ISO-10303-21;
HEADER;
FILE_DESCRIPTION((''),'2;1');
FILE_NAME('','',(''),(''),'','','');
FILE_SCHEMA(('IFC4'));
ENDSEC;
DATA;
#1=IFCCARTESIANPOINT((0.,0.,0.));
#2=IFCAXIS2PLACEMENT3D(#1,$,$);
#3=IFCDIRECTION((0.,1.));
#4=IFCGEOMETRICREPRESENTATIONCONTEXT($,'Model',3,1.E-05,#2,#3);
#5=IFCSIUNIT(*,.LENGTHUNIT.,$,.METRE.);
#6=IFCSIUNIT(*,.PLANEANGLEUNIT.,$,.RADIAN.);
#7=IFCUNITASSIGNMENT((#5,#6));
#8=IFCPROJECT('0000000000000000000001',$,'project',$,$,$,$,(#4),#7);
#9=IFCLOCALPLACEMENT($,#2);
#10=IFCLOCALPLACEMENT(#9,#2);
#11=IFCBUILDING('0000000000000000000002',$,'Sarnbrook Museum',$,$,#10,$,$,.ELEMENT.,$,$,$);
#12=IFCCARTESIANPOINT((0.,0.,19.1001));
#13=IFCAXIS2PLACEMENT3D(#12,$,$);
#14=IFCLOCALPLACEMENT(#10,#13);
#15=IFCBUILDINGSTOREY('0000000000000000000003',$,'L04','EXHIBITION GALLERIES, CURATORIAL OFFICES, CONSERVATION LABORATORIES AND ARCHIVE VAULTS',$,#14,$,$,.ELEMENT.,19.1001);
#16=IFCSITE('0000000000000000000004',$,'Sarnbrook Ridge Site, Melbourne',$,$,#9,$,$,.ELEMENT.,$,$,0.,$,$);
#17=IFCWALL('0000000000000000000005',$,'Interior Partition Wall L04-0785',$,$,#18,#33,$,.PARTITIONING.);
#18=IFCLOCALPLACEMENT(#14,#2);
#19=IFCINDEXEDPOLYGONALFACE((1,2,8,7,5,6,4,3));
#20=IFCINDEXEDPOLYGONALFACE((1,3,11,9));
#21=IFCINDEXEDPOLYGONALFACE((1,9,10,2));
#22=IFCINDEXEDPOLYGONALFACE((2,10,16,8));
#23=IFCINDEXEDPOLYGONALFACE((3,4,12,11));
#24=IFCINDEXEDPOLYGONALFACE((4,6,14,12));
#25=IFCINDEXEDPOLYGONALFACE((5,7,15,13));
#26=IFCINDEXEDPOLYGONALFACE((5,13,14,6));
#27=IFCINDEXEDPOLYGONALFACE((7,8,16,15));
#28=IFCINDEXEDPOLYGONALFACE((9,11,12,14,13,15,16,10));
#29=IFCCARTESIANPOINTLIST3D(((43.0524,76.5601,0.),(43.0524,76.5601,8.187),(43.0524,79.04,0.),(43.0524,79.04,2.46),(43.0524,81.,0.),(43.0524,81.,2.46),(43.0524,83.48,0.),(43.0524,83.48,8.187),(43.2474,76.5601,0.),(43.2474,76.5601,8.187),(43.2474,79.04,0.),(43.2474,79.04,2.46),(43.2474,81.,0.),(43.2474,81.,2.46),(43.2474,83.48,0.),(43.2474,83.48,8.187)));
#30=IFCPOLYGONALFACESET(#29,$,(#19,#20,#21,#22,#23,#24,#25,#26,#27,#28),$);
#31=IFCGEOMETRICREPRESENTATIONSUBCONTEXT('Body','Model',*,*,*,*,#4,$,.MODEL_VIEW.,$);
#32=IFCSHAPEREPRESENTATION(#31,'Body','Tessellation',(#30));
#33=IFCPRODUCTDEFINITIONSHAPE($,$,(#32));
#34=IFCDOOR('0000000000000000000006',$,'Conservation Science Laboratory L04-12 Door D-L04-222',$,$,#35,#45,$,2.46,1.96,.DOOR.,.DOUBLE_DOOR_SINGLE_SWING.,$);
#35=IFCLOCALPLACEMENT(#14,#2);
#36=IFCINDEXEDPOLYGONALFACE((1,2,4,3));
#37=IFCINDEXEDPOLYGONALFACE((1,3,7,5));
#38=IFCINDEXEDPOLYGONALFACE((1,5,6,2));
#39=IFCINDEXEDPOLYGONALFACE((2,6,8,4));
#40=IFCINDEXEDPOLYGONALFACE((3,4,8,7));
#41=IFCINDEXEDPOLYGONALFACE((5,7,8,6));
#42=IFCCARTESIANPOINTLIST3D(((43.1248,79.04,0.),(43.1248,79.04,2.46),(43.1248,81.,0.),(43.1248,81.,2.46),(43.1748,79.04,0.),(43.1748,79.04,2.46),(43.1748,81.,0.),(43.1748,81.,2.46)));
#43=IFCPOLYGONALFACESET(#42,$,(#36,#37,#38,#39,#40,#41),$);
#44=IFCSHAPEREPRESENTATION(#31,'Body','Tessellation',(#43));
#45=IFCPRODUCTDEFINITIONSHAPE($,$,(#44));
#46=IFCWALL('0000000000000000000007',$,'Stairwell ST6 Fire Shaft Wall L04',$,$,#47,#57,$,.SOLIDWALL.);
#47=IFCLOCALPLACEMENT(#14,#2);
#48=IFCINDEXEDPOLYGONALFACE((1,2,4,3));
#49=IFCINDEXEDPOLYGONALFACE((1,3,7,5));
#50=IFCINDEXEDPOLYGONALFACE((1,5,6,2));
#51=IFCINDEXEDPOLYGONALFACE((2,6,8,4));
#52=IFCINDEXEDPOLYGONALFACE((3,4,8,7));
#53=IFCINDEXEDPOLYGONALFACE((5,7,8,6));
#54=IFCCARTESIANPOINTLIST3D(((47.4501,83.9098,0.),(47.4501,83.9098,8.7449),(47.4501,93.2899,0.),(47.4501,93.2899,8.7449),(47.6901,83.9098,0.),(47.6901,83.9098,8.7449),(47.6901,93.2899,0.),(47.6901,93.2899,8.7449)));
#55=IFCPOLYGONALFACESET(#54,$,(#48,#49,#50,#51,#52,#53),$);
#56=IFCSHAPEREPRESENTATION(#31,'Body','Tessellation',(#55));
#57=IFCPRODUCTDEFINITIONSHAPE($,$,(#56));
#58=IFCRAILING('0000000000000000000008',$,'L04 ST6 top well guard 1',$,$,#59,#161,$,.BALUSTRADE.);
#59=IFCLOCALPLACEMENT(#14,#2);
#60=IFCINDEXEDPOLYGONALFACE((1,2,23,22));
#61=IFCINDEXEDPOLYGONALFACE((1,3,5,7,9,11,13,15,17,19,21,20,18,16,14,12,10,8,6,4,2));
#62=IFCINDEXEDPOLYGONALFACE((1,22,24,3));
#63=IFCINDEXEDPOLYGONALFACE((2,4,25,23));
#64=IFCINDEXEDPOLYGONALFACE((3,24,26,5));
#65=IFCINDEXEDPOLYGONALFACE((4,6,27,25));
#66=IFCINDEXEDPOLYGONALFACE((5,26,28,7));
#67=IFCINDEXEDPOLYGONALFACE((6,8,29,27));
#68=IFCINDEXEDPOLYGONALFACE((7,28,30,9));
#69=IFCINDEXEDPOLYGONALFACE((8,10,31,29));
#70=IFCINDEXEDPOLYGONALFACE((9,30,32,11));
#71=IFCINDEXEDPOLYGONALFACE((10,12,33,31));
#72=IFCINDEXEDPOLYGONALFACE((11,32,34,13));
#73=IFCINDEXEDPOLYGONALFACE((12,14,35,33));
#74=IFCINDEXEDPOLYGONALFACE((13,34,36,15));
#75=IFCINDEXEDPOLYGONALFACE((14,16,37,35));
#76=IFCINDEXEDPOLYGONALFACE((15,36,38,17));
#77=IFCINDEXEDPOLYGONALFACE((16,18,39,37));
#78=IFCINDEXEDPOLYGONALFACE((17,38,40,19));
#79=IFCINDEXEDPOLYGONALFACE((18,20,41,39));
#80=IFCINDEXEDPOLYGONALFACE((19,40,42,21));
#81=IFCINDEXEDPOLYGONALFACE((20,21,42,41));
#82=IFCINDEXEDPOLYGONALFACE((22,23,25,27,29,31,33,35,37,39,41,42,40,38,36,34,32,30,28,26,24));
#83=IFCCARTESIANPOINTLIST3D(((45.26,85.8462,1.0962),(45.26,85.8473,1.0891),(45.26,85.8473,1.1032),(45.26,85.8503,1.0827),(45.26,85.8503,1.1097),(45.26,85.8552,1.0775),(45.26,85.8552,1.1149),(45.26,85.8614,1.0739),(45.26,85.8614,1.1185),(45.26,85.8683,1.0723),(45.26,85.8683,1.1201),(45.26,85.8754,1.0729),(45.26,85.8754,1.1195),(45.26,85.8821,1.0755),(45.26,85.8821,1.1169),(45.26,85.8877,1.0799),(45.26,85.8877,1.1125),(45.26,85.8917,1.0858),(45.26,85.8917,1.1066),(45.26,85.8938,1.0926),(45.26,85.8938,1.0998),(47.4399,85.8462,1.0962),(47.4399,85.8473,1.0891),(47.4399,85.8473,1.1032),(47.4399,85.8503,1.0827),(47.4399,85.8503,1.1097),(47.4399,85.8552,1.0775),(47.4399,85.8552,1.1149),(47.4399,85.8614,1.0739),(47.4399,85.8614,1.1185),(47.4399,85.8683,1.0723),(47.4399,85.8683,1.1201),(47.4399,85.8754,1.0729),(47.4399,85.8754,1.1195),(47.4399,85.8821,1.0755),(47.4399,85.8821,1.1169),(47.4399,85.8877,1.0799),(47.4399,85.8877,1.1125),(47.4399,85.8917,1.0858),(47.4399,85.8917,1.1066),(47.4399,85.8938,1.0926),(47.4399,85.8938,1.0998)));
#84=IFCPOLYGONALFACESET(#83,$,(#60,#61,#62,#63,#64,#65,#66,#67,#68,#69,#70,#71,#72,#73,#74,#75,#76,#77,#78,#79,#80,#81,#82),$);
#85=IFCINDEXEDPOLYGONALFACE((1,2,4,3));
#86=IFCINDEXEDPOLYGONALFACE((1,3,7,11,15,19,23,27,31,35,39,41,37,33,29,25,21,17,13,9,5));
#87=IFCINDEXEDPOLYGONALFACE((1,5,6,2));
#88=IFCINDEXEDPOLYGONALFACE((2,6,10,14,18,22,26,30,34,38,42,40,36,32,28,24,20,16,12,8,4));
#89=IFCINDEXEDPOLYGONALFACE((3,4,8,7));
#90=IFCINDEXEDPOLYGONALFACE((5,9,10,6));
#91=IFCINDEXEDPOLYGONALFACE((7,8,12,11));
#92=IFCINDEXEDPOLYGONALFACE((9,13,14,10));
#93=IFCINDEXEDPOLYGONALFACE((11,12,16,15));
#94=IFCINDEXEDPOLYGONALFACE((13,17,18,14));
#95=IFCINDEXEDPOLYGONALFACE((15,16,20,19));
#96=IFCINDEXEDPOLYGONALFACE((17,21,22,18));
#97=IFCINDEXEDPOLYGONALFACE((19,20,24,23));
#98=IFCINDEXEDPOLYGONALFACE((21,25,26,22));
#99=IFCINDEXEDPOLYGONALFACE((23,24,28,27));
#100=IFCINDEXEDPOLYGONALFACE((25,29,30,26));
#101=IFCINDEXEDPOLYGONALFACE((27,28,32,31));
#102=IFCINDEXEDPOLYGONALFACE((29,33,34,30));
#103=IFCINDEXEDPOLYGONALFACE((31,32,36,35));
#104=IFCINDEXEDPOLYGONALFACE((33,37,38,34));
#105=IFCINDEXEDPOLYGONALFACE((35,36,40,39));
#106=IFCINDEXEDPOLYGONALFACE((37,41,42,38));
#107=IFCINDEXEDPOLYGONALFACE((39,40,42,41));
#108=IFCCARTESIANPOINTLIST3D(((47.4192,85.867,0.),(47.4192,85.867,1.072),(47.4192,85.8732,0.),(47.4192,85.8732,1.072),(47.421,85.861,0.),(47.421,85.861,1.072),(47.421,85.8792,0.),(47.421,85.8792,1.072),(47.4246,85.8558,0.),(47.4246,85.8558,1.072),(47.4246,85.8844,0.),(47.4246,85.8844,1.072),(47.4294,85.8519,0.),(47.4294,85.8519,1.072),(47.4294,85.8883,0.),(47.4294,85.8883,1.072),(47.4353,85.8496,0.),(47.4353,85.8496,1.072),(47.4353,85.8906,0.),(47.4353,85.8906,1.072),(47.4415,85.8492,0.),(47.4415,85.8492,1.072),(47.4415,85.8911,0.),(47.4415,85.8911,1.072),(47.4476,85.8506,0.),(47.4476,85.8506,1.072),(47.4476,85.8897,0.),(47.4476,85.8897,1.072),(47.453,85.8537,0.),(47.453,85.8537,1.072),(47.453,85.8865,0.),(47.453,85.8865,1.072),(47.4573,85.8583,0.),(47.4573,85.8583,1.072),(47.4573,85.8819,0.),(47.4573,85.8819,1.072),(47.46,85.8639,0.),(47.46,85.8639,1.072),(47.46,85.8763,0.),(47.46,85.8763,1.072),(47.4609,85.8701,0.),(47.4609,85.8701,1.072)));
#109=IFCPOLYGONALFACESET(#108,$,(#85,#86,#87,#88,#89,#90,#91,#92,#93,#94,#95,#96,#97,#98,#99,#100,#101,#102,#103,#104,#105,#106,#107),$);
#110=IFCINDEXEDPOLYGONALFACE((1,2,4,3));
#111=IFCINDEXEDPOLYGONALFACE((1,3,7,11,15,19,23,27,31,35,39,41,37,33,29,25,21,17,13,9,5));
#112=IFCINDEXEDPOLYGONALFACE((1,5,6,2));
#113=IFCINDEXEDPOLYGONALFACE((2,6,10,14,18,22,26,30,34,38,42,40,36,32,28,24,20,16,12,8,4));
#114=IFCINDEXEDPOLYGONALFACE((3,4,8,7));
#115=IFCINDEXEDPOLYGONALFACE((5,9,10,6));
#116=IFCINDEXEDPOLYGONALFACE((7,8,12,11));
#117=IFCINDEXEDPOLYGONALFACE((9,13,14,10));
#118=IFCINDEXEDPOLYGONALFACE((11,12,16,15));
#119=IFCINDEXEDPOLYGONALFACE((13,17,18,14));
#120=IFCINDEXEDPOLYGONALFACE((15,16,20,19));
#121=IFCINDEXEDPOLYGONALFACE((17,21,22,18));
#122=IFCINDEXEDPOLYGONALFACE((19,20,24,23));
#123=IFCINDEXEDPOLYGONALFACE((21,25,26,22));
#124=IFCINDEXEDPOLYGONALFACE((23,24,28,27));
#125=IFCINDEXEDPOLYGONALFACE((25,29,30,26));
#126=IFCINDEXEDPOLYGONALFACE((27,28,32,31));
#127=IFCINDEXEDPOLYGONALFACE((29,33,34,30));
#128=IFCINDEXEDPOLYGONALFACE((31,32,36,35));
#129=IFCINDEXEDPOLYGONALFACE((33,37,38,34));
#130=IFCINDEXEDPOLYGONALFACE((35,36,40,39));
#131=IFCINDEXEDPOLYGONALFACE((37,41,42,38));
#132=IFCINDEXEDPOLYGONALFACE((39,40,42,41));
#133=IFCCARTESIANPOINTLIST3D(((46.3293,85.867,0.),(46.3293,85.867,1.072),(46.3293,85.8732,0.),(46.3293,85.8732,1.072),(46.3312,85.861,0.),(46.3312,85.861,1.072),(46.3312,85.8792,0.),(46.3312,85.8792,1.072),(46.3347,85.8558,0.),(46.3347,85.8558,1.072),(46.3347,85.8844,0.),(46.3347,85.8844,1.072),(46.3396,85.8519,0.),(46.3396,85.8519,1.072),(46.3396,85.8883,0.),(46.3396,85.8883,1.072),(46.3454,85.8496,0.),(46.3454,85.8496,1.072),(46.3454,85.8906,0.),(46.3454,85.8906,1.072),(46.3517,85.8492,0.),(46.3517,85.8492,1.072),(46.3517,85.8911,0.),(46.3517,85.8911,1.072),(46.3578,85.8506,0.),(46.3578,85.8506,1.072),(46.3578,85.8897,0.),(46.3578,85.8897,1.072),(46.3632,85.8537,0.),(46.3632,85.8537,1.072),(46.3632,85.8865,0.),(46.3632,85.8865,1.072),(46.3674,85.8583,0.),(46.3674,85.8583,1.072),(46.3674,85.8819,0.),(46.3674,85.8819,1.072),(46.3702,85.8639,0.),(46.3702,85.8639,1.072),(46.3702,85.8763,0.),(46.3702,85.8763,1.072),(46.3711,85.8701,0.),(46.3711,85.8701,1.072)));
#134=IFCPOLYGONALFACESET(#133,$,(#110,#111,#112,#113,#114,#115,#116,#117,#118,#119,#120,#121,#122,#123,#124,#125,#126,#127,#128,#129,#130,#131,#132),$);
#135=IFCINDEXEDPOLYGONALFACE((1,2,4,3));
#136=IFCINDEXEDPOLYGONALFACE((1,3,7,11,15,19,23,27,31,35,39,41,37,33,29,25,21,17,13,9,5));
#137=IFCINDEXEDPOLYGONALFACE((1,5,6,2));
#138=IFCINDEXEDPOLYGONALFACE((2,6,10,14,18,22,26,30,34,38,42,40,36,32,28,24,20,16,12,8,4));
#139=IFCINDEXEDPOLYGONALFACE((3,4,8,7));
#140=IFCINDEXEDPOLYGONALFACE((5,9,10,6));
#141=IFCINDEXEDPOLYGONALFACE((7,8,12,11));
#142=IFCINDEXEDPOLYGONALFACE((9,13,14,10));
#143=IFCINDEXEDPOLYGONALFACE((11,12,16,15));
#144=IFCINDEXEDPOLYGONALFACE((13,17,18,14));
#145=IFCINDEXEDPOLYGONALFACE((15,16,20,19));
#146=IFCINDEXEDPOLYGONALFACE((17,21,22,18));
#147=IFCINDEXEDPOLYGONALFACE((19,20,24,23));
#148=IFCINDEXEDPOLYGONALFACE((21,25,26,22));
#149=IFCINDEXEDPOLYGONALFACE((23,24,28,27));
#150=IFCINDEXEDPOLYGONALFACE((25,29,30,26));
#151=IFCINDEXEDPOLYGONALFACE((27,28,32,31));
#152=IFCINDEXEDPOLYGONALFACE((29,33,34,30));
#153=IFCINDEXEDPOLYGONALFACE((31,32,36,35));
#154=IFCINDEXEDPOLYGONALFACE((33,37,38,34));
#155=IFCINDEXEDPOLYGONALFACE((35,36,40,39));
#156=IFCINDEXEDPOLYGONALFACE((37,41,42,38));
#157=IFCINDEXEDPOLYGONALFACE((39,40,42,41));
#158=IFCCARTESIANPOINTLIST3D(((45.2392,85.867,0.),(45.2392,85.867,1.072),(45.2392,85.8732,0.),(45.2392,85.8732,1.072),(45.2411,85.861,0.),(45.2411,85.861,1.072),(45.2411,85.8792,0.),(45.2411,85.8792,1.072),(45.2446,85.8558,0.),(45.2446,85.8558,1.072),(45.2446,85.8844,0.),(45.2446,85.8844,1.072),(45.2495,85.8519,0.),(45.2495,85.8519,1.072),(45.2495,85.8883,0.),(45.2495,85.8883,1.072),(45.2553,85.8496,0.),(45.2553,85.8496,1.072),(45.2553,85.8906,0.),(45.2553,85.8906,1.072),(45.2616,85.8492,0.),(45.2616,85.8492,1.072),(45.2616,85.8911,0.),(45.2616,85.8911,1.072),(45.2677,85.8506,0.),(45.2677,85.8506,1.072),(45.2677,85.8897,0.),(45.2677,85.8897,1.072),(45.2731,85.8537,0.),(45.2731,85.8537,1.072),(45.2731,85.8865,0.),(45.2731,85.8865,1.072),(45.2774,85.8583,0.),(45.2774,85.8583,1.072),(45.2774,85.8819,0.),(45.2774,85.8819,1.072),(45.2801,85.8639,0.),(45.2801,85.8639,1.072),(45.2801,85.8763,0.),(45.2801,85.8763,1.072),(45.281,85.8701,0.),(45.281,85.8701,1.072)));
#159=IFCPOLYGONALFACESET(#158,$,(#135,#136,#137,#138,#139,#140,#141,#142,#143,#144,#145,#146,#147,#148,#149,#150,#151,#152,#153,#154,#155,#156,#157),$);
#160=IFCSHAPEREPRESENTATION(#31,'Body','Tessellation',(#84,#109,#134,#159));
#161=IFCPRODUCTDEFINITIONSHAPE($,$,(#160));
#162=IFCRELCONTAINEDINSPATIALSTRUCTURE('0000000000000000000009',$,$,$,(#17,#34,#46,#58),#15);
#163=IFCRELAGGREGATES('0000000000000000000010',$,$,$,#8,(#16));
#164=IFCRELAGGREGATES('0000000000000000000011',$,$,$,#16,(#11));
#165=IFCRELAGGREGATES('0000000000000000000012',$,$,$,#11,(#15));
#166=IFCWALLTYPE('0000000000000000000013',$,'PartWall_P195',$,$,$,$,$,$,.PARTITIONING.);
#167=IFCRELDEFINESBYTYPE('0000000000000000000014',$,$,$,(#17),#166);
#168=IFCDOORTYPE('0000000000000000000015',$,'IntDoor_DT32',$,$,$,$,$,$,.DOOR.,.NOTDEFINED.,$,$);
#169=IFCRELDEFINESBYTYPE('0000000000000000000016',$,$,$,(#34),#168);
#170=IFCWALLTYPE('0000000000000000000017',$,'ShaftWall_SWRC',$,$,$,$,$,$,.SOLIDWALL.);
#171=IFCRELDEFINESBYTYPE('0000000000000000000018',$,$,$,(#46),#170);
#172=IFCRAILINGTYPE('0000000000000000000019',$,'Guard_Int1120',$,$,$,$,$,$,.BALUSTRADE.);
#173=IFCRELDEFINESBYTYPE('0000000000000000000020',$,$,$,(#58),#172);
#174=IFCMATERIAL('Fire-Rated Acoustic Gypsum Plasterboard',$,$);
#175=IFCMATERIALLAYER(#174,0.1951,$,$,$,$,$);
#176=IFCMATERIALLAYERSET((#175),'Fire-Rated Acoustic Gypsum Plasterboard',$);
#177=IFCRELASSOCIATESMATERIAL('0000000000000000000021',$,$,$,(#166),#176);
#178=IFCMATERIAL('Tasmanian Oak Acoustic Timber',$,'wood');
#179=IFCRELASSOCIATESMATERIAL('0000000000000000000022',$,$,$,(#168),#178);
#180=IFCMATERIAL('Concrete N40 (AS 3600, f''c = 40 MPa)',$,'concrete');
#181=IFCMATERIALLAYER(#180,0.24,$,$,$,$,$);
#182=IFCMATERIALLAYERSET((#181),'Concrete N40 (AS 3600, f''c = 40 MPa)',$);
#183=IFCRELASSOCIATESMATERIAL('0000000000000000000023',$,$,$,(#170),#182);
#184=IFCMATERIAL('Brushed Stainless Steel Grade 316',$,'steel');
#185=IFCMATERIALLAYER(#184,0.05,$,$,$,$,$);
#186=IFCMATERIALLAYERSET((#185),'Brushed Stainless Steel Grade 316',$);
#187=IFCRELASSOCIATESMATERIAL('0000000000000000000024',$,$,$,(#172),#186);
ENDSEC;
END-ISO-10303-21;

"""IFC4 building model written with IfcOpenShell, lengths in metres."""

from ifc_helpers import new_model, si_unit, direction, frame, frame_2d, origin, origin_2d, place, context, subcontext, project, spatial, rectangle, circle, extrude, material, layer, layer_set, type_object, element, fill, save


model = new_model("IFC4")

# Units and contexts
model_context = context("Model", 3, precision=1e-05, world=origin(), true_north=direction((0.0, 1.0)))
body_context = subcontext(model_context, "Body", "Model", "MODEL_VIEW")
ifc_project = project(units=[si_unit("LENGTHUNIT", "METRE"), si_unit("PLANEANGLEUNIT", "RADIAN")], contexts=[model_context])

# Site, building, storey
site_placement = place(None, origin())
site = spatial("IfcSite", under=ifc_project, at=site_placement, Name="Sarnbrook Ridge Site, Melbourne", CompositionType="ELEMENT", RefElevation=0.0)
building_placement = place(site_placement, origin())
building = spatial("IfcBuilding", under=site, at=building_placement, Name="Sarnbrook Museum", CompositionType="ELEMENT")
storey_placement = place(building_placement, frame((0.0, 0.0, 19.1001)))
storey = spatial("IfcBuildingStorey", under=building, at=storey_placement, Name="L04", Description="EXHIBITION GALLERIES, CURATORIAL OFFICES, CONSERVATION LABORATORIES AND ARCHIVE VAULTS", CompositionType="ELEMENT", Elevation=19.1001)

# Shared definitions
ifc_material_1 = material(Name="Tasmanian Oak Acoustic Timber", Category="wood")
ifc_material_2 = material(Name="Brushed Stainless Steel Grade 316", Category="steel")

# Wall, opening, door
ifc_material_3 = material(Name="Fire-Rated Acoustic Gypsum Plasterboard")
ifc_layer_1 = layer(ifc_material_3, 0.1951)
ifc_layer_set_1 = layer_set([ifc_layer_1], Name="Fire-Rated Acoustic Gypsum Plasterboard")
wall_type_1 = type_object("IfcWallType", Name="PartWall_P195", PredefinedType="PARTITIONING", material=ifc_layer_set_1)
wall_1_placement = place(storey_placement, frame((43.1499, 83.48, 0.0), z_axis=(0.0, 0.0, 1.0), x_axis=(0.0, -1.0, 0.0)))
wall_1 = element("IfcWall", 1, at=wall_1_placement, inside=storey, type_object=wall_type_1, Name="Interior Partition Wall L04-0785", PredefinedType="PARTITIONING", context=body_context, shape_type="SweptSolid", body=[
    extrude(rectangle(XDim=6.9199, YDim=0.1951, at=frame_2d((3.46, 0.0))), origin(), (0.0, 0.0, 1.0), 8.187),
])
opening_1_placement = place(wall_1_placement, frame((2.48, 0.0, 0.0)))
opening_1 = element("IfcOpeningElement", 2, at=opening_1_placement, cuts=wall_1, PredefinedType="OPENING", context=body_context, shape_type="SweptSolid", body=[
    extrude(rectangle(XDim=1.96, YDim=2.46, at=frame_2d((0.98, 1.23))), frame((0.0, 0.1074, 0.0), z_axis=(0.0, -1.0, 0.0), x_axis=(1.0, 0.0, 0.0)), (0.0, 0.0, 1.0), 0.2151),
])
door_type_1 = type_object("IfcDoorType", Name="IntDoor_DT32", OperationType="NOTDEFINED", PredefinedType="DOOR", material=ifc_material_1)
door_1_placement = place(opening_1_placement, origin())
door_1 = element("IfcDoor", 3, at=door_1_placement, inside=storey, type_object=door_type_1, Name="Conservation Science Laboratory L04-12 Door D-L04-222", OperationType="DOUBLE_DOOR_SINGLE_SWING", OverallHeight=2.46, OverallWidth=1.96, PredefinedType="DOOR", context=body_context, shape_type="SweptSolid", body=[
    extrude(rectangle(XDim=1.96, YDim=2.46, at=frame_2d((0.98, 1.23))), frame((0.0, 0.0249, 0.0), z_axis=(0.0, -1.0, 0.0), x_axis=(1.0, 0.0, 0.0)), (0.0, 0.0, 1.0), 0.05),
])
fill(opening_1, door_1)

# Wall
ifc_material_4 = material(Name="Concrete N40 (AS 3600, f'c = 40 MPa)", Category="concrete")
ifc_layer_2 = layer(ifc_material_4, 0.24)
ifc_layer_set_2 = layer_set([ifc_layer_2], Name="Concrete N40 (AS 3600, f'c = 40 MPa)")
wall_type_2 = type_object("IfcWallType", Name="ShaftWall_SWRC", PredefinedType="SOLIDWALL", material=ifc_layer_set_2)
wall_2_placement = place(storey_placement, frame((47.5701, 83.9099, 0.0), z_axis=(0.0, 0.0, 1.0), x_axis=(0.0, 1.0, 0.0)))
element("IfcWall", 4, at=wall_2_placement, inside=storey, type_object=wall_type_2, Name="Stairwell ST6 Fire Shaft Wall L04", PredefinedType="SOLIDWALL", context=body_context, shape_type="SweptSolid", body=[
    extrude(rectangle(XDim=9.3801, YDim=0.24, at=frame_2d((4.6899, 0.0))), origin(), (0.0, 0.0, 1.0), 8.7449),
])

# Railing
ifc_layer_3 = layer(ifc_material_2, 0.05)
ifc_layer_set_3 = layer_set([ifc_layer_3], Name="Brushed Stainless Steel Grade 316")
railing_type = type_object("IfcRailingType", Name="Guard_Int1120", PredefinedType="BALUSTRADE", material=ifc_layer_set_3)
railing_placement = place(storey_placement, frame((47.4399, 85.8701, 0.0)))
element("IfcRailing", 5, at=railing_placement, inside=storey, type_object=railing_type, Name="L04 ST6 top well guard 1", PredefinedType="BALUSTRADE", context=body_context, shape_type="SweptSolid", body=[
    extrude(circle(Radius=0.0239, at=origin_2d()), frame((0.0, 0.0, 1.0962), z_axis=(-1.0, 0.0, 0.0), x_axis=(0.0, -1.0, 0.0)), (0.0, 0.0, 1.0), 2.1799),
    extrude(circle(Radius=0.021, at=origin_2d()), origin(), (0.0, 0.0, 1.0), 1.072),
    extrude(circle(Radius=0.021, at=origin_2d()), frame((-1.0898, 0.0, 0.0)), (0.0, 0.0, 1.0), 1.072),
    extrude(circle(Radius=0.021, at=origin_2d()), frame((-2.1799, 0.0, 0.0)), (0.0, 0.0, 1.0), 1.072),
])

save(model, "model.ifc")
